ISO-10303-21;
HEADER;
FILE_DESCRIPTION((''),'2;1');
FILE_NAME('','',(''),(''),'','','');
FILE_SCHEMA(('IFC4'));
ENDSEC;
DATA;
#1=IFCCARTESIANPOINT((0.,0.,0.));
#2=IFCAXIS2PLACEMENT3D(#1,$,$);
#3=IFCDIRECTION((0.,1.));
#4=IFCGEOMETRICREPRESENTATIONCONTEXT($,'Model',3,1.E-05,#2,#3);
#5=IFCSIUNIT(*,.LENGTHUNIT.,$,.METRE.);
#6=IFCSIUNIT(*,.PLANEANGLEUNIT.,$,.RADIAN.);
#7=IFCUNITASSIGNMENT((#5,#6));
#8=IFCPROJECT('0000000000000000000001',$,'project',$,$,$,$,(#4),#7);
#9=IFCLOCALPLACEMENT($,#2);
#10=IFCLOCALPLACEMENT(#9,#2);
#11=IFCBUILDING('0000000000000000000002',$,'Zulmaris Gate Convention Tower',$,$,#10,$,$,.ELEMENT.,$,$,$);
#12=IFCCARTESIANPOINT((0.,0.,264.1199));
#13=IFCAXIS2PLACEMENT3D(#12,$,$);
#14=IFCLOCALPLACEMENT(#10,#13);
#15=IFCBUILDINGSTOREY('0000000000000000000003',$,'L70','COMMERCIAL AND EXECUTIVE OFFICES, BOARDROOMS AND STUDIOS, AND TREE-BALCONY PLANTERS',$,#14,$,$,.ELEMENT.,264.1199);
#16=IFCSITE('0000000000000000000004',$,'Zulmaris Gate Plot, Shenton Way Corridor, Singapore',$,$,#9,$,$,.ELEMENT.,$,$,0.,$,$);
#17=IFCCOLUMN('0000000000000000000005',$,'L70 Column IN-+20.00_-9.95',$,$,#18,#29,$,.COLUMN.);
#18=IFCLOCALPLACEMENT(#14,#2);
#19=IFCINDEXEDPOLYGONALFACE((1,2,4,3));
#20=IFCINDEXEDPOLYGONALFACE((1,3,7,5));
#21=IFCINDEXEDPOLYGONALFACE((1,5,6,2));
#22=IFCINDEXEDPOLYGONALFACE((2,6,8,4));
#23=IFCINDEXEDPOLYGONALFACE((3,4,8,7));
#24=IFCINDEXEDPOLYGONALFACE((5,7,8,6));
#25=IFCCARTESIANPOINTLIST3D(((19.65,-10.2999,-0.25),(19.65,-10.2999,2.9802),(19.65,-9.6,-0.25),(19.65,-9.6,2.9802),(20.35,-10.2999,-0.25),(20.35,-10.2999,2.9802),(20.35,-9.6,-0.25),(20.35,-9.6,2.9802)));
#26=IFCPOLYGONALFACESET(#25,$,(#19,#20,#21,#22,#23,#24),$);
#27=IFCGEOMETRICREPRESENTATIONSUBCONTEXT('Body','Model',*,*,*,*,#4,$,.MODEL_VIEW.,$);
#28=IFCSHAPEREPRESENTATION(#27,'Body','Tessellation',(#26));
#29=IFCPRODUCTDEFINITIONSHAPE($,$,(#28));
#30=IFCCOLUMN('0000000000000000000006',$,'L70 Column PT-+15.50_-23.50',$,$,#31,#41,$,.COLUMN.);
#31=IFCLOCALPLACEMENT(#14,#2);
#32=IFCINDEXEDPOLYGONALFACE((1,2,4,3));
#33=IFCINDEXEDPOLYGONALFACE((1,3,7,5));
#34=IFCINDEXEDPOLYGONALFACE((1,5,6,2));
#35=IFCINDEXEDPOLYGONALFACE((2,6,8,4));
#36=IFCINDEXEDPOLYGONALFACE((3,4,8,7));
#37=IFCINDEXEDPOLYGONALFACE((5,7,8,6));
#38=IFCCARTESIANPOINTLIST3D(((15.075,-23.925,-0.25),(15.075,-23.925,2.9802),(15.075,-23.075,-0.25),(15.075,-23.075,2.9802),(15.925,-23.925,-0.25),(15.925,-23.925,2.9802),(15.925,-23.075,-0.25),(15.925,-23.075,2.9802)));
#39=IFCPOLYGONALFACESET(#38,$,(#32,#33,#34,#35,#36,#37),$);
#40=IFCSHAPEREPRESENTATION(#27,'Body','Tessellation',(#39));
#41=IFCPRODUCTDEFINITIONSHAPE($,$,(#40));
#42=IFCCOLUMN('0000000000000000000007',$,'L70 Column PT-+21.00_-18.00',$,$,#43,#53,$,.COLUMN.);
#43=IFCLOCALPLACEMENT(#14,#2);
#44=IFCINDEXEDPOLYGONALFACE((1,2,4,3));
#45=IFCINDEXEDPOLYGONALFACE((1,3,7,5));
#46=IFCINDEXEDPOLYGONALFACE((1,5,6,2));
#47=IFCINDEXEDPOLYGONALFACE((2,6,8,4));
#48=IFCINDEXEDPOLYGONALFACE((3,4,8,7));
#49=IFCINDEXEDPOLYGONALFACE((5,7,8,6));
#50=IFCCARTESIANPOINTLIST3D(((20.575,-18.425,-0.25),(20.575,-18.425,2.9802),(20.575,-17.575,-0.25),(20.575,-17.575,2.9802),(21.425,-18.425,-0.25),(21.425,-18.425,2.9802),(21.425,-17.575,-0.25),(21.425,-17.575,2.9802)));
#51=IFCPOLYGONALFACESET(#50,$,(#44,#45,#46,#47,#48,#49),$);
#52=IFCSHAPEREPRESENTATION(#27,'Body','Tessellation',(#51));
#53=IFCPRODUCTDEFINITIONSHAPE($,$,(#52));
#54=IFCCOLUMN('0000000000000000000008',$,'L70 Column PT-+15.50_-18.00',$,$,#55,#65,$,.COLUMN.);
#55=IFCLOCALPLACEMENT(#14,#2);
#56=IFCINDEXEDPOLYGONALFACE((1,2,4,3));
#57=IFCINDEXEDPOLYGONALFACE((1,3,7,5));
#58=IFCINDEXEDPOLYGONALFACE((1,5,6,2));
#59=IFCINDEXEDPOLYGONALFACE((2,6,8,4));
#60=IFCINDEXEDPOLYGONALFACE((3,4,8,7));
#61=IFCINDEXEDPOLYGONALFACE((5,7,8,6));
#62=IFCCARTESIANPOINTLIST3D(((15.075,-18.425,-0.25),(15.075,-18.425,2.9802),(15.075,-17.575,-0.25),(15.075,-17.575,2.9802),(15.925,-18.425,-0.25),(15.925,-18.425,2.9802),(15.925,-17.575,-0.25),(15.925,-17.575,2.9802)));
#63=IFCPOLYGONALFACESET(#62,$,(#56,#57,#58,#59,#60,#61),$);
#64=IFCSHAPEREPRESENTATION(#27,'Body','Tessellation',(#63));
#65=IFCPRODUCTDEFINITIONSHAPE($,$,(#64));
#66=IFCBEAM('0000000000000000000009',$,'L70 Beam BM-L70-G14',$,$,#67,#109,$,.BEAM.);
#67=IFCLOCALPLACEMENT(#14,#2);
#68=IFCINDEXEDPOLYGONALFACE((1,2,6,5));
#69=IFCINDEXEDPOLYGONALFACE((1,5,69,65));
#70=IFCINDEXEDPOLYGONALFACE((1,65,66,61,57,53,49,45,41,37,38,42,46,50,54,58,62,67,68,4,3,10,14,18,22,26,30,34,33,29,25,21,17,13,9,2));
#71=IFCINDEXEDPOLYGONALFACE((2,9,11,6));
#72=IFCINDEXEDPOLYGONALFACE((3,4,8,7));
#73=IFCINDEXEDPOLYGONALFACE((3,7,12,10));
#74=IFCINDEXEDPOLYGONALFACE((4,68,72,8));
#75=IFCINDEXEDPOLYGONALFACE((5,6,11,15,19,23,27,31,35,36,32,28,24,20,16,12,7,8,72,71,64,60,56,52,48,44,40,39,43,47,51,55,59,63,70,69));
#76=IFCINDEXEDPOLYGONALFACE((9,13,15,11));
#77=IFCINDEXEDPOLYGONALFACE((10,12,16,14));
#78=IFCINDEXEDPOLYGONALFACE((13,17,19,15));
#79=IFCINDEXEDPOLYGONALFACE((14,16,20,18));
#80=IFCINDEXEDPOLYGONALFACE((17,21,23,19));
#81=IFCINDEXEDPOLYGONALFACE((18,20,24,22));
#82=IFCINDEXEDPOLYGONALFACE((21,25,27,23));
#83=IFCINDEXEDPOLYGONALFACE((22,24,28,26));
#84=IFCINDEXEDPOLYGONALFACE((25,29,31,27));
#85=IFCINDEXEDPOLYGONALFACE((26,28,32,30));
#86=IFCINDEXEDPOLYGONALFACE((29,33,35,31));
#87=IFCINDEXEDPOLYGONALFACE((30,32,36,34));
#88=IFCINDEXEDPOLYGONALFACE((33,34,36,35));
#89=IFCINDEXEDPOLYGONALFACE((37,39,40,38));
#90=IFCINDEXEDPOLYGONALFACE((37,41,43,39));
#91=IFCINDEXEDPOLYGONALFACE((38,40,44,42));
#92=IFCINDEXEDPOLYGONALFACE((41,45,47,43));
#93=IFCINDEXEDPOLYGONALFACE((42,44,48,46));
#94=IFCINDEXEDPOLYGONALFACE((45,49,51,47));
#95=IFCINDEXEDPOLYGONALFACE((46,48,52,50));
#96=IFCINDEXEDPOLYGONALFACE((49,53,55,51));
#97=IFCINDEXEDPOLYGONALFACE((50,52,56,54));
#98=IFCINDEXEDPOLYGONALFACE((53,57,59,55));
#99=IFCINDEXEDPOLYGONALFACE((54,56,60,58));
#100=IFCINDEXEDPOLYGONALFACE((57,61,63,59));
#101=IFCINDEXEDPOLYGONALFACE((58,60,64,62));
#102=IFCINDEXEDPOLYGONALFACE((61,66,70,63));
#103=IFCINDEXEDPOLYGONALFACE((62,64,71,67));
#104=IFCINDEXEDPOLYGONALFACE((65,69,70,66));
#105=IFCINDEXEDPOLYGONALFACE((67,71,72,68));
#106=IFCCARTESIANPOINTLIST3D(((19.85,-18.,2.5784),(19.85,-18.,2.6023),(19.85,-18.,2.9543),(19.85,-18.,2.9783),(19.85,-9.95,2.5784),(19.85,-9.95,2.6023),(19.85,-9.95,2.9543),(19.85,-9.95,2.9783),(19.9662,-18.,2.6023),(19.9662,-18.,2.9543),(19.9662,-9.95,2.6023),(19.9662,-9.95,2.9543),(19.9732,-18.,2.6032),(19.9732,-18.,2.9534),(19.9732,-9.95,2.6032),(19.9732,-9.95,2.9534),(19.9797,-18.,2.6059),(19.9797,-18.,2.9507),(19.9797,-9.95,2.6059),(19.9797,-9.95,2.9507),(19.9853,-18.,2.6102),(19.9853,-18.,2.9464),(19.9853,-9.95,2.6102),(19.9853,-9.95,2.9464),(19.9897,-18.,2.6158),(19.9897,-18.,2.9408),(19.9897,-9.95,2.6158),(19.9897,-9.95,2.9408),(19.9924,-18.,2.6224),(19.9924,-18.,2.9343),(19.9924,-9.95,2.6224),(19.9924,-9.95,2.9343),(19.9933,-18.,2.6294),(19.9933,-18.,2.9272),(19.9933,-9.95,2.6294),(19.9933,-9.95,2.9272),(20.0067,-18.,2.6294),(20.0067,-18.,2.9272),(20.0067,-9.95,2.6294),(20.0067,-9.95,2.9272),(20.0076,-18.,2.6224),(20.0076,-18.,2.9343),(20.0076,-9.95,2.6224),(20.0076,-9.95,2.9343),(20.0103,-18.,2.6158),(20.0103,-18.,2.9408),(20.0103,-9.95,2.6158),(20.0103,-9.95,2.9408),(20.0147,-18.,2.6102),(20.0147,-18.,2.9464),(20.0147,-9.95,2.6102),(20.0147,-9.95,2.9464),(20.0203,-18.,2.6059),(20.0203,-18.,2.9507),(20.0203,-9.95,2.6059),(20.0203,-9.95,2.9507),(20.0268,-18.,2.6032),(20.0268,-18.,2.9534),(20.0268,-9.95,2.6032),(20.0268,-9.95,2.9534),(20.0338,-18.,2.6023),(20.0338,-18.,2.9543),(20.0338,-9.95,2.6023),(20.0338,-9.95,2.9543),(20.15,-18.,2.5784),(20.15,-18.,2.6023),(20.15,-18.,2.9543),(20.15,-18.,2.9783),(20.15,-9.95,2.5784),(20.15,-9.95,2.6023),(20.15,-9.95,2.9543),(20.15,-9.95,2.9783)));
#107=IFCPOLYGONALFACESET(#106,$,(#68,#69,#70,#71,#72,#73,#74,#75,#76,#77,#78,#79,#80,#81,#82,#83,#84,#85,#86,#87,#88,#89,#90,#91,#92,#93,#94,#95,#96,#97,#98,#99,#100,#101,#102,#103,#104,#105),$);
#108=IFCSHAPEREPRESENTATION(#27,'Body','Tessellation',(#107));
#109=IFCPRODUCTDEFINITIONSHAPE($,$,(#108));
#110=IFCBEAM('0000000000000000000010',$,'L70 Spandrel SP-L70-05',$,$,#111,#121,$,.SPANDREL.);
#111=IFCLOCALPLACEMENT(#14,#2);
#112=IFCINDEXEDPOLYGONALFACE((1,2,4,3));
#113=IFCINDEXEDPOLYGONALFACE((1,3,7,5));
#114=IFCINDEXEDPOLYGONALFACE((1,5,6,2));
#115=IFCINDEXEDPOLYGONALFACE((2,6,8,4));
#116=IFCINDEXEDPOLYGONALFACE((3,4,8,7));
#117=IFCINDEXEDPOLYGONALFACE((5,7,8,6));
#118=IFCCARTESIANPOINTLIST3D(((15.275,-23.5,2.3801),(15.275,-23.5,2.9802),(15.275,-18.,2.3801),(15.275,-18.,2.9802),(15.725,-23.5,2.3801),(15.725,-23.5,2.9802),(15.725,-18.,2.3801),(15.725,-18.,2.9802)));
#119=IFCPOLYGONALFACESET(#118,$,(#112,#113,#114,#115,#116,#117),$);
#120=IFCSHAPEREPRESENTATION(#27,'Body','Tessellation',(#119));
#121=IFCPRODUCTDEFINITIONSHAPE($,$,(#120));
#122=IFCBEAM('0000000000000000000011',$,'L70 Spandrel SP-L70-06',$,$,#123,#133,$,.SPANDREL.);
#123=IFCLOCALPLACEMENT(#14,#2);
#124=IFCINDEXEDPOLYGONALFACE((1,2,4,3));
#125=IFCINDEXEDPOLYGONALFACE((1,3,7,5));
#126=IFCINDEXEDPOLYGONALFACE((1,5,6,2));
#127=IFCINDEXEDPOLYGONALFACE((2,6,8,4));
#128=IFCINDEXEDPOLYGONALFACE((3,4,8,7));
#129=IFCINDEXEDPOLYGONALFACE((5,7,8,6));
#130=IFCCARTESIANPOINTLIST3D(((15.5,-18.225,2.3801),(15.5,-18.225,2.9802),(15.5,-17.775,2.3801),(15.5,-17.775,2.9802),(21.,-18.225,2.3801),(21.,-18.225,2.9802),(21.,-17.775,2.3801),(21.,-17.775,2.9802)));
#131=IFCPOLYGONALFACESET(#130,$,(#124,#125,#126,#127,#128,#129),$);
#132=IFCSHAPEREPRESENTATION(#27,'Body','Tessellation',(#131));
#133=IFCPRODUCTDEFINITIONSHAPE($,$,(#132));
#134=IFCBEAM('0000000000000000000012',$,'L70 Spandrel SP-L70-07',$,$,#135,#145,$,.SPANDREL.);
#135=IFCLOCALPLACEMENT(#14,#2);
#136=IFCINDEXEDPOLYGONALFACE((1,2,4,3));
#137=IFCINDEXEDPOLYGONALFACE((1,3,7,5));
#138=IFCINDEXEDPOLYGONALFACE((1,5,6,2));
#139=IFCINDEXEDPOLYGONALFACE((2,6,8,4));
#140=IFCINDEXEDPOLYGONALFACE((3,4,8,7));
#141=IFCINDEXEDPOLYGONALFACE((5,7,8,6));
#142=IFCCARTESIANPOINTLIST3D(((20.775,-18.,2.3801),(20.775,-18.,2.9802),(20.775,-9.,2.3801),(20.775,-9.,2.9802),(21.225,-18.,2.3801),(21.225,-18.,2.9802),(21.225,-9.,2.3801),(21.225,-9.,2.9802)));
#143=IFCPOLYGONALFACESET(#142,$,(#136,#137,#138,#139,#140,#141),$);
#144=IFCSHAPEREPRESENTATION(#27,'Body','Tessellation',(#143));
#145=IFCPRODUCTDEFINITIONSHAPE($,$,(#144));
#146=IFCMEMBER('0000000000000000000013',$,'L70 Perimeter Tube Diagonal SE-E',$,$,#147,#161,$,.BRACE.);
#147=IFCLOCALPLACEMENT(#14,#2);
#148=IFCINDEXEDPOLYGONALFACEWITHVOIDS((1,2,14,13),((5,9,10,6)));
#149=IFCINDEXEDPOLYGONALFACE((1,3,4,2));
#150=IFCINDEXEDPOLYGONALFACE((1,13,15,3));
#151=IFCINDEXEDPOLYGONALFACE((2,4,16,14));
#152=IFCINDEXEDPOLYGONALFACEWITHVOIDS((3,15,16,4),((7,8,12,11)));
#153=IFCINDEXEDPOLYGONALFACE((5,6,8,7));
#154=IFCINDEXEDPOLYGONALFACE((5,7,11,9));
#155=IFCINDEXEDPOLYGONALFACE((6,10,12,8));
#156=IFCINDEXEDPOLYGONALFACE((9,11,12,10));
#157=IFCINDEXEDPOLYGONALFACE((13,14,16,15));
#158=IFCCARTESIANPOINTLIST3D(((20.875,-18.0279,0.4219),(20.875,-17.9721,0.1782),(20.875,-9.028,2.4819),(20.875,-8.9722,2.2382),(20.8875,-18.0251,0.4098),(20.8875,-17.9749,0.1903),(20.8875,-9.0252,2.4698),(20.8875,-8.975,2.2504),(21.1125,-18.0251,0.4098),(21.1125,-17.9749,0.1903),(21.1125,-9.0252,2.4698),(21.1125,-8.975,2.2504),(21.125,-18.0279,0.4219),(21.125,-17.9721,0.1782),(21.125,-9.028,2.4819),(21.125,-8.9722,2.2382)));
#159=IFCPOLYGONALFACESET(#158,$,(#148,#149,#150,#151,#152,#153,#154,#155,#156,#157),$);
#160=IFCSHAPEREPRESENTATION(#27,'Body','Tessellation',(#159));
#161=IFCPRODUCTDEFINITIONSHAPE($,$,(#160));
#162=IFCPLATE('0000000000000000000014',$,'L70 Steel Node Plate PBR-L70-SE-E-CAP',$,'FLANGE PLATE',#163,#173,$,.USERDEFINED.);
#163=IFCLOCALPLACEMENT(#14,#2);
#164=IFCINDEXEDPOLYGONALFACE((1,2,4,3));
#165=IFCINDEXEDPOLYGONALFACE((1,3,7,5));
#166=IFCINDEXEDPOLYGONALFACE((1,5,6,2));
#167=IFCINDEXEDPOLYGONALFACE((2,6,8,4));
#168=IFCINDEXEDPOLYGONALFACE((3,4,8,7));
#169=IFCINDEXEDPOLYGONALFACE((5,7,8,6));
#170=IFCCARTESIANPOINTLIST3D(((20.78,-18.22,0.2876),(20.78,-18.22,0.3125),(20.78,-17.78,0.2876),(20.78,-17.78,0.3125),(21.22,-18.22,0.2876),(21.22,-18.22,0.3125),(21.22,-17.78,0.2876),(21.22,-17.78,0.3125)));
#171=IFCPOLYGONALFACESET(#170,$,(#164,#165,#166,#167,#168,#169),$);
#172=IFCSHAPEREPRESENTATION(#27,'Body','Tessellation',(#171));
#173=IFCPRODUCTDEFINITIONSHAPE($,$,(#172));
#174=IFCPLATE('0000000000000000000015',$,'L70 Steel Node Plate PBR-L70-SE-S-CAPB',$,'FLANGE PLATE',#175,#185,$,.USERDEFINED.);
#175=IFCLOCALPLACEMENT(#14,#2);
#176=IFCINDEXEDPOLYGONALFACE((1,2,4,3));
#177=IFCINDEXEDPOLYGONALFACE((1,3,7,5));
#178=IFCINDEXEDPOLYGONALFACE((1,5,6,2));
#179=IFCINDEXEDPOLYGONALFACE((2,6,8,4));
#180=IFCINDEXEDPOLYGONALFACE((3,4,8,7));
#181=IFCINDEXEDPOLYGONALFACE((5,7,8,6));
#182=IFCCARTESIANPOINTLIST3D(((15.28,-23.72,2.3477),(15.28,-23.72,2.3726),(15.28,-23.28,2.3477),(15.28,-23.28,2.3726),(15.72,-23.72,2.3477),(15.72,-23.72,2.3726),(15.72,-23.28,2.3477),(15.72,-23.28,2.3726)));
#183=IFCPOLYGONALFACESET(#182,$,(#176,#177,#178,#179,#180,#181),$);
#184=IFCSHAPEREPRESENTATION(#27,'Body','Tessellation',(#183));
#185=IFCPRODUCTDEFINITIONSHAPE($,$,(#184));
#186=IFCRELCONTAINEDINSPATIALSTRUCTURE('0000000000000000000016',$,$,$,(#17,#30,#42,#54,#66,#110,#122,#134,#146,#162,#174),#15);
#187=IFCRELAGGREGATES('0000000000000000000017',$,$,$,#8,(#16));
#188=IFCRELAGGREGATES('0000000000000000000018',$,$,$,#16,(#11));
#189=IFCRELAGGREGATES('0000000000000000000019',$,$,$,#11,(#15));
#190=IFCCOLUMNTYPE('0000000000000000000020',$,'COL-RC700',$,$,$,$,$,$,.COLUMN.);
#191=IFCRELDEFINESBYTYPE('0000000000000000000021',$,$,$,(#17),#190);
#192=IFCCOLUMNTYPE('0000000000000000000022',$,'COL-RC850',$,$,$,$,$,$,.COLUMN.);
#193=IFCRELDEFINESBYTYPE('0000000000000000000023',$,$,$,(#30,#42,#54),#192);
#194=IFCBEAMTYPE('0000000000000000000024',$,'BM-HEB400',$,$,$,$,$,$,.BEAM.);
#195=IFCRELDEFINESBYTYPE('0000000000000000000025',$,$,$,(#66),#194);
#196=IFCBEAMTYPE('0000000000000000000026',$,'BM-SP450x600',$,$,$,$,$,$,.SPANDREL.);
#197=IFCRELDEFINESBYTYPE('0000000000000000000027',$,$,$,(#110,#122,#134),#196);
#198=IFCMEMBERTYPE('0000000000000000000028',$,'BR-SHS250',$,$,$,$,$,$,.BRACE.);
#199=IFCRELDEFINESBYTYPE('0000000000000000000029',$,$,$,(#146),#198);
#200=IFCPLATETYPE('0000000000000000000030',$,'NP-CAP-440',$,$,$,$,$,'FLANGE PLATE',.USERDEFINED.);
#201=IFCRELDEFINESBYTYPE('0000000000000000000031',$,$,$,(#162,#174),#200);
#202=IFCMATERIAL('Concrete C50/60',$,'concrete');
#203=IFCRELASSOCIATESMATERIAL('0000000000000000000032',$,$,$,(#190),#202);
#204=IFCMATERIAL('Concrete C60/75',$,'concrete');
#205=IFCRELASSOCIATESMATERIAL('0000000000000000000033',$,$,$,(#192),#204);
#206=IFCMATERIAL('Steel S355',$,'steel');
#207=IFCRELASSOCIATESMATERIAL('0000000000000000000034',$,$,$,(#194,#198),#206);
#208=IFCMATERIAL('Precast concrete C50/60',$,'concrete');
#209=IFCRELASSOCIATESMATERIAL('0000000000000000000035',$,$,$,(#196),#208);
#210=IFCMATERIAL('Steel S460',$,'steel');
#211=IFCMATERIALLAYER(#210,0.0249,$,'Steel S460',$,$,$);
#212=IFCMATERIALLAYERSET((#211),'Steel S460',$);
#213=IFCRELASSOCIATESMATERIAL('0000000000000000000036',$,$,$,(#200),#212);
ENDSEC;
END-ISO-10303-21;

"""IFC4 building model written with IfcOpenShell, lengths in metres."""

from ifc_helpers import new_model, si_unit, direction, frame, origin, origin_2d, place, context, subcontext, project, spatial, rectangle, hollow_rectangle, i_section, extrude, material, layer, layer_set, material_profile, profile_set, type_object, element, save


model = new_model("IFC4")

# Units and contexts
model_context = context("Model", 3, precision=1e-05, world=origin(), true_north=direction((0.0, 1.0)))
body_context = subcontext(model_context, "Body", "Model", "MODEL_VIEW")
ifc_project = project(units=[si_unit("LENGTHUNIT", "METRE"), si_unit("PLANEANGLEUNIT", "RADIAN")], contexts=[model_context])

# Site, building, storey
site_placement = place(None, origin())
site = spatial("IfcSite", under=ifc_project, at=site_placement, Name="Zulmaris Gate Plot, Shenton Way Corridor, Singapore", CompositionType="ELEMENT", RefElevation=0.0)
building_placement = place(site_placement, origin())
building = spatial("IfcBuilding", under=site, at=building_placement, Name="Zulmaris Gate Convention Tower", CompositionType="ELEMENT")
storey_placement = place(building_placement, frame((0.0, 0.0, 264.1199)))
storey = spatial("IfcBuildingStorey", under=building, at=storey_placement, Name="L70", Description="COMMERCIAL AND EXECUTIVE OFFICES, BOARDROOMS AND STUDIOS, AND TREE-BALCONY PLANTERS", CompositionType="ELEMENT", Elevation=264.1199)

# Columns
ifc_material_1 = material(Name="Concrete C50/60", Category="concrete")
ifc_material_profile_1 = material_profile(ifc_material_1, rectangle(XDim=0.7, YDim=0.7, at=origin_2d()), Name="RC COL 700x700")
ifc_profile_set_1 = profile_set([ifc_material_profile_1], Name="Concrete C50/60")
column_type_1 = type_object("IfcColumnType", Name="COL-RC700", PredefinedType="COLUMN", material=ifc_profile_set_1)
column_placement = place(storey_placement, frame((20.0, -9.95, -0.25), z_axis=(0.0, 0.0, 1.0), x_axis=(1.0, 0.0, 0.0)))
element("IfcColumn", 1, at=column_placement, inside=storey, type_object=column_type_1, Name="L70 Column IN-+20.00_-9.95", PredefinedType="COLUMN", context=body_context, shape_type="SweptSolid", body=[
    extrude(rectangle(XDim=0.7, YDim=0.7, at=origin_2d()), origin(), (0.0, 0.0, 1.0), 3.2302),
])
ifc_material_2 = material(Name="Concrete C60/75", Category="concrete")
ifc_material_profile_2 = material_profile(ifc_material_2, rectangle(XDim=0.8501, YDim=0.8501, at=origin_2d()), Name="RC COL 850x850")
ifc_profile_set_2 = profile_set([ifc_material_profile_2], Name="Concrete C60/75")
column_type_2 = type_object("IfcColumnType", Name="COL-RC850", PredefinedType="COLUMN", material=ifc_profile_set_2)
for number, where, z_axis, x_axis, name in (
    (2, (15.5, -23.5, -0.25), (0.0, 0.0, 1.0), (1.0, 0.0, 0.0), "L70 Column PT-+15.50_-23.50"),
    (3, (21.0, -18.0, -0.25), (0.0, 0.0, 1.0), (1.0, 0.0, 0.0), "L70 Column PT-+21.00_-18.00"),
    (4, (15.5, -18.0, -0.25), (0.0, 0.0, 1.0), (1.0, 0.0, 0.0), "L70 Column PT-+15.50_-18.00"),
):
    element("IfcColumn", number, at=place(storey_placement, frame(where, z_axis=z_axis, x_axis=x_axis)), inside=storey, type_object=column_type_2, Name=name, PredefinedType="COLUMN", context=body_context, shape_type="SweptSolid", body=[
        extrude(rectangle(XDim=0.8501, YDim=0.8501, at=origin_2d()), origin(), (0.0, 0.0, 1.0), 3.2302),
    ])

# Beams
ifc_material_3 = material(Name="Steel S355", Category="steel")
ifc_material_profile_3 = material_profile(ifc_material_3, i_section(OverallWidth=0.3, OverallDepth=0.3999, WebThickness=0.0134, FlangeThickness=0.0239, FilletRadius=0.0271, at=origin_2d()), Name="HEB 400")
ifc_profile_set_3 = profile_set([ifc_material_profile_3], Name="Steel S355")
beam_type_1 = type_object("IfcBeamType", Name="BM-HEB400", PredefinedType="BEAM", material=ifc_profile_set_3)
beam_1_placement = place(storey_placement, frame((20.0, -18.0, 2.7783), z_axis=(0.0, 1.0, 0.0), x_axis=(-1.0, 0.0, 0.0)))
element("IfcBeam", 5, at=beam_1_placement, inside=storey, type_object=beam_type_1, Name="L70 Beam BM-L70-G14", PredefinedType="BEAM", context=body_context, shape_type="SweptSolid", body=[
    extrude(i_section(OverallWidth=0.3, OverallDepth=0.3999, WebThickness=0.0134, FlangeThickness=0.0239, FilletRadius=0.0271, at=origin_2d()), origin(), (0.0, 0.0, 1.0), 8.05),
])
ifc_material_4 = material(Name="Precast concrete C50/60", Category="concrete")
ifc_material_profile_4 = material_profile(ifc_material_4, rectangle(XDim=0.45, YDim=0.6001, at=origin_2d()), Name="RC SPANDREL 450x600")
ifc_profile_set_4 = profile_set([ifc_material_profile_4], Name="Precast concrete C50/60")
beam_type_2 = type_object("IfcBeamType", Name="BM-SP450x600", PredefinedType="SPANDREL", material=ifc_profile_set_4)
for number, where, z_axis, x_axis, name in (
    (6, (15.5, -23.5, 2.6802), (0.0, 1.0, 0.0), (-1.0, 0.0, 0.0), "L70 Spandrel SP-L70-05"),
    (7, (15.5, -18.0, 2.6802), (1.0, 0.0, 0.0), (0.0, 1.0, 0.0), "L70 Spandrel SP-L70-06"),
):
    element("IfcBeam", number, at=place(storey_placement, frame(where, z_axis=z_axis, x_axis=x_axis)), inside=storey, type_object=beam_type_2, Name=name, PredefinedType="SPANDREL", context=body_context, shape_type="SweptSolid", body=[
        extrude(rectangle(XDim=0.45, YDim=0.6001, at=origin_2d()), origin(), (0.0, 0.0, 1.0), 5.5),
    ])
beam_2_placement = place(storey_placement, frame((21.0, -18.0, 2.6802), z_axis=(0.0, 1.0, 0.0), x_axis=(-1.0, 0.0, 0.0)))
element("IfcBeam", 8, at=beam_2_placement, inside=storey, type_object=beam_type_2, Name="L70 Spandrel SP-L70-07", PredefinedType="SPANDREL", context=body_context, shape_type="SweptSolid", body=[
    extrude(rectangle(XDim=0.45, YDim=0.6001, at=origin_2d()), origin(), (0.0, 0.0, 1.0), 9.0),
])

# Member
ifc_material_profile_5 = material_profile(ifc_material_3, hollow_rectangle(XDim=0.25, YDim=0.25, WallThickness=0.0125, at=origin_2d()), Name="SHS 250x250x12.5")
ifc_profile_set_5 = profile_set([ifc_material_profile_5], Name="Steel S355")
member_type = type_object("IfcMemberType", Name="BR-SHS250", PredefinedType="BRACE", material=ifc_profile_set_5)
member_placement = place(storey_placement, frame((21.0, -18.0, 0.3), z_axis=(0.0, 0.97479, 0.223125), x_axis=(-1.0, 0.0, 0.0)))
element("IfcMember", 9, at=member_placement, inside=storey, type_object=member_type, Name="L70 Perimeter Tube Diagonal SE-E", PredefinedType="BRACE", context=body_context, shape_type="SweptSolid", body=[
    extrude(hollow_rectangle(XDim=0.25, YDim=0.25, WallThickness=0.0125, at=origin_2d()), origin(), (0.0, 0.0, 1.0), 9.2327),
])

# Plates
ifc_material_5 = material(Name="Steel S460", Category="steel")
ifc_layer_1 = layer(ifc_material_5, 0.0249, Name="Steel S460")
ifc_layer_set_1 = layer_set([ifc_layer_1], Name="Steel S460")
plate_type = type_object("IfcPlateType", Name="NP-CAP-440", ElementType="FLANGE PLATE", PredefinedType="USERDEFINED", material=ifc_layer_set_1)
for number, where, z_axis, x_axis, name in (
    (10, (21.0, -18.0, 0.2876), (0.0, 0.0, 1.0), (1.0, 0.0, 0.0), "L70 Steel Node Plate PBR-L70-SE-E-CAP"),
    (11, (15.5, -23.5, 2.3477), (0.0, 0.0, 1.0), (1.0, 0.0, 0.0), "L70 Steel Node Plate PBR-L70-SE-S-CAPB"),
):
    element("IfcPlate", number, at=place(storey_placement, frame(where, z_axis=z_axis, x_axis=x_axis)), inside=storey, type_object=plate_type, Name=name, ObjectType="FLANGE PLATE", PredefinedType="USERDEFINED", context=body_context, shape_type="SweptSolid", body=[
        extrude(rectangle(XDim=0.4399, YDim=0.4399, at=origin_2d()), origin(), (0.0, 0.0, 1.0), 0.0249),
    ])

save(model, "model.ifc")
